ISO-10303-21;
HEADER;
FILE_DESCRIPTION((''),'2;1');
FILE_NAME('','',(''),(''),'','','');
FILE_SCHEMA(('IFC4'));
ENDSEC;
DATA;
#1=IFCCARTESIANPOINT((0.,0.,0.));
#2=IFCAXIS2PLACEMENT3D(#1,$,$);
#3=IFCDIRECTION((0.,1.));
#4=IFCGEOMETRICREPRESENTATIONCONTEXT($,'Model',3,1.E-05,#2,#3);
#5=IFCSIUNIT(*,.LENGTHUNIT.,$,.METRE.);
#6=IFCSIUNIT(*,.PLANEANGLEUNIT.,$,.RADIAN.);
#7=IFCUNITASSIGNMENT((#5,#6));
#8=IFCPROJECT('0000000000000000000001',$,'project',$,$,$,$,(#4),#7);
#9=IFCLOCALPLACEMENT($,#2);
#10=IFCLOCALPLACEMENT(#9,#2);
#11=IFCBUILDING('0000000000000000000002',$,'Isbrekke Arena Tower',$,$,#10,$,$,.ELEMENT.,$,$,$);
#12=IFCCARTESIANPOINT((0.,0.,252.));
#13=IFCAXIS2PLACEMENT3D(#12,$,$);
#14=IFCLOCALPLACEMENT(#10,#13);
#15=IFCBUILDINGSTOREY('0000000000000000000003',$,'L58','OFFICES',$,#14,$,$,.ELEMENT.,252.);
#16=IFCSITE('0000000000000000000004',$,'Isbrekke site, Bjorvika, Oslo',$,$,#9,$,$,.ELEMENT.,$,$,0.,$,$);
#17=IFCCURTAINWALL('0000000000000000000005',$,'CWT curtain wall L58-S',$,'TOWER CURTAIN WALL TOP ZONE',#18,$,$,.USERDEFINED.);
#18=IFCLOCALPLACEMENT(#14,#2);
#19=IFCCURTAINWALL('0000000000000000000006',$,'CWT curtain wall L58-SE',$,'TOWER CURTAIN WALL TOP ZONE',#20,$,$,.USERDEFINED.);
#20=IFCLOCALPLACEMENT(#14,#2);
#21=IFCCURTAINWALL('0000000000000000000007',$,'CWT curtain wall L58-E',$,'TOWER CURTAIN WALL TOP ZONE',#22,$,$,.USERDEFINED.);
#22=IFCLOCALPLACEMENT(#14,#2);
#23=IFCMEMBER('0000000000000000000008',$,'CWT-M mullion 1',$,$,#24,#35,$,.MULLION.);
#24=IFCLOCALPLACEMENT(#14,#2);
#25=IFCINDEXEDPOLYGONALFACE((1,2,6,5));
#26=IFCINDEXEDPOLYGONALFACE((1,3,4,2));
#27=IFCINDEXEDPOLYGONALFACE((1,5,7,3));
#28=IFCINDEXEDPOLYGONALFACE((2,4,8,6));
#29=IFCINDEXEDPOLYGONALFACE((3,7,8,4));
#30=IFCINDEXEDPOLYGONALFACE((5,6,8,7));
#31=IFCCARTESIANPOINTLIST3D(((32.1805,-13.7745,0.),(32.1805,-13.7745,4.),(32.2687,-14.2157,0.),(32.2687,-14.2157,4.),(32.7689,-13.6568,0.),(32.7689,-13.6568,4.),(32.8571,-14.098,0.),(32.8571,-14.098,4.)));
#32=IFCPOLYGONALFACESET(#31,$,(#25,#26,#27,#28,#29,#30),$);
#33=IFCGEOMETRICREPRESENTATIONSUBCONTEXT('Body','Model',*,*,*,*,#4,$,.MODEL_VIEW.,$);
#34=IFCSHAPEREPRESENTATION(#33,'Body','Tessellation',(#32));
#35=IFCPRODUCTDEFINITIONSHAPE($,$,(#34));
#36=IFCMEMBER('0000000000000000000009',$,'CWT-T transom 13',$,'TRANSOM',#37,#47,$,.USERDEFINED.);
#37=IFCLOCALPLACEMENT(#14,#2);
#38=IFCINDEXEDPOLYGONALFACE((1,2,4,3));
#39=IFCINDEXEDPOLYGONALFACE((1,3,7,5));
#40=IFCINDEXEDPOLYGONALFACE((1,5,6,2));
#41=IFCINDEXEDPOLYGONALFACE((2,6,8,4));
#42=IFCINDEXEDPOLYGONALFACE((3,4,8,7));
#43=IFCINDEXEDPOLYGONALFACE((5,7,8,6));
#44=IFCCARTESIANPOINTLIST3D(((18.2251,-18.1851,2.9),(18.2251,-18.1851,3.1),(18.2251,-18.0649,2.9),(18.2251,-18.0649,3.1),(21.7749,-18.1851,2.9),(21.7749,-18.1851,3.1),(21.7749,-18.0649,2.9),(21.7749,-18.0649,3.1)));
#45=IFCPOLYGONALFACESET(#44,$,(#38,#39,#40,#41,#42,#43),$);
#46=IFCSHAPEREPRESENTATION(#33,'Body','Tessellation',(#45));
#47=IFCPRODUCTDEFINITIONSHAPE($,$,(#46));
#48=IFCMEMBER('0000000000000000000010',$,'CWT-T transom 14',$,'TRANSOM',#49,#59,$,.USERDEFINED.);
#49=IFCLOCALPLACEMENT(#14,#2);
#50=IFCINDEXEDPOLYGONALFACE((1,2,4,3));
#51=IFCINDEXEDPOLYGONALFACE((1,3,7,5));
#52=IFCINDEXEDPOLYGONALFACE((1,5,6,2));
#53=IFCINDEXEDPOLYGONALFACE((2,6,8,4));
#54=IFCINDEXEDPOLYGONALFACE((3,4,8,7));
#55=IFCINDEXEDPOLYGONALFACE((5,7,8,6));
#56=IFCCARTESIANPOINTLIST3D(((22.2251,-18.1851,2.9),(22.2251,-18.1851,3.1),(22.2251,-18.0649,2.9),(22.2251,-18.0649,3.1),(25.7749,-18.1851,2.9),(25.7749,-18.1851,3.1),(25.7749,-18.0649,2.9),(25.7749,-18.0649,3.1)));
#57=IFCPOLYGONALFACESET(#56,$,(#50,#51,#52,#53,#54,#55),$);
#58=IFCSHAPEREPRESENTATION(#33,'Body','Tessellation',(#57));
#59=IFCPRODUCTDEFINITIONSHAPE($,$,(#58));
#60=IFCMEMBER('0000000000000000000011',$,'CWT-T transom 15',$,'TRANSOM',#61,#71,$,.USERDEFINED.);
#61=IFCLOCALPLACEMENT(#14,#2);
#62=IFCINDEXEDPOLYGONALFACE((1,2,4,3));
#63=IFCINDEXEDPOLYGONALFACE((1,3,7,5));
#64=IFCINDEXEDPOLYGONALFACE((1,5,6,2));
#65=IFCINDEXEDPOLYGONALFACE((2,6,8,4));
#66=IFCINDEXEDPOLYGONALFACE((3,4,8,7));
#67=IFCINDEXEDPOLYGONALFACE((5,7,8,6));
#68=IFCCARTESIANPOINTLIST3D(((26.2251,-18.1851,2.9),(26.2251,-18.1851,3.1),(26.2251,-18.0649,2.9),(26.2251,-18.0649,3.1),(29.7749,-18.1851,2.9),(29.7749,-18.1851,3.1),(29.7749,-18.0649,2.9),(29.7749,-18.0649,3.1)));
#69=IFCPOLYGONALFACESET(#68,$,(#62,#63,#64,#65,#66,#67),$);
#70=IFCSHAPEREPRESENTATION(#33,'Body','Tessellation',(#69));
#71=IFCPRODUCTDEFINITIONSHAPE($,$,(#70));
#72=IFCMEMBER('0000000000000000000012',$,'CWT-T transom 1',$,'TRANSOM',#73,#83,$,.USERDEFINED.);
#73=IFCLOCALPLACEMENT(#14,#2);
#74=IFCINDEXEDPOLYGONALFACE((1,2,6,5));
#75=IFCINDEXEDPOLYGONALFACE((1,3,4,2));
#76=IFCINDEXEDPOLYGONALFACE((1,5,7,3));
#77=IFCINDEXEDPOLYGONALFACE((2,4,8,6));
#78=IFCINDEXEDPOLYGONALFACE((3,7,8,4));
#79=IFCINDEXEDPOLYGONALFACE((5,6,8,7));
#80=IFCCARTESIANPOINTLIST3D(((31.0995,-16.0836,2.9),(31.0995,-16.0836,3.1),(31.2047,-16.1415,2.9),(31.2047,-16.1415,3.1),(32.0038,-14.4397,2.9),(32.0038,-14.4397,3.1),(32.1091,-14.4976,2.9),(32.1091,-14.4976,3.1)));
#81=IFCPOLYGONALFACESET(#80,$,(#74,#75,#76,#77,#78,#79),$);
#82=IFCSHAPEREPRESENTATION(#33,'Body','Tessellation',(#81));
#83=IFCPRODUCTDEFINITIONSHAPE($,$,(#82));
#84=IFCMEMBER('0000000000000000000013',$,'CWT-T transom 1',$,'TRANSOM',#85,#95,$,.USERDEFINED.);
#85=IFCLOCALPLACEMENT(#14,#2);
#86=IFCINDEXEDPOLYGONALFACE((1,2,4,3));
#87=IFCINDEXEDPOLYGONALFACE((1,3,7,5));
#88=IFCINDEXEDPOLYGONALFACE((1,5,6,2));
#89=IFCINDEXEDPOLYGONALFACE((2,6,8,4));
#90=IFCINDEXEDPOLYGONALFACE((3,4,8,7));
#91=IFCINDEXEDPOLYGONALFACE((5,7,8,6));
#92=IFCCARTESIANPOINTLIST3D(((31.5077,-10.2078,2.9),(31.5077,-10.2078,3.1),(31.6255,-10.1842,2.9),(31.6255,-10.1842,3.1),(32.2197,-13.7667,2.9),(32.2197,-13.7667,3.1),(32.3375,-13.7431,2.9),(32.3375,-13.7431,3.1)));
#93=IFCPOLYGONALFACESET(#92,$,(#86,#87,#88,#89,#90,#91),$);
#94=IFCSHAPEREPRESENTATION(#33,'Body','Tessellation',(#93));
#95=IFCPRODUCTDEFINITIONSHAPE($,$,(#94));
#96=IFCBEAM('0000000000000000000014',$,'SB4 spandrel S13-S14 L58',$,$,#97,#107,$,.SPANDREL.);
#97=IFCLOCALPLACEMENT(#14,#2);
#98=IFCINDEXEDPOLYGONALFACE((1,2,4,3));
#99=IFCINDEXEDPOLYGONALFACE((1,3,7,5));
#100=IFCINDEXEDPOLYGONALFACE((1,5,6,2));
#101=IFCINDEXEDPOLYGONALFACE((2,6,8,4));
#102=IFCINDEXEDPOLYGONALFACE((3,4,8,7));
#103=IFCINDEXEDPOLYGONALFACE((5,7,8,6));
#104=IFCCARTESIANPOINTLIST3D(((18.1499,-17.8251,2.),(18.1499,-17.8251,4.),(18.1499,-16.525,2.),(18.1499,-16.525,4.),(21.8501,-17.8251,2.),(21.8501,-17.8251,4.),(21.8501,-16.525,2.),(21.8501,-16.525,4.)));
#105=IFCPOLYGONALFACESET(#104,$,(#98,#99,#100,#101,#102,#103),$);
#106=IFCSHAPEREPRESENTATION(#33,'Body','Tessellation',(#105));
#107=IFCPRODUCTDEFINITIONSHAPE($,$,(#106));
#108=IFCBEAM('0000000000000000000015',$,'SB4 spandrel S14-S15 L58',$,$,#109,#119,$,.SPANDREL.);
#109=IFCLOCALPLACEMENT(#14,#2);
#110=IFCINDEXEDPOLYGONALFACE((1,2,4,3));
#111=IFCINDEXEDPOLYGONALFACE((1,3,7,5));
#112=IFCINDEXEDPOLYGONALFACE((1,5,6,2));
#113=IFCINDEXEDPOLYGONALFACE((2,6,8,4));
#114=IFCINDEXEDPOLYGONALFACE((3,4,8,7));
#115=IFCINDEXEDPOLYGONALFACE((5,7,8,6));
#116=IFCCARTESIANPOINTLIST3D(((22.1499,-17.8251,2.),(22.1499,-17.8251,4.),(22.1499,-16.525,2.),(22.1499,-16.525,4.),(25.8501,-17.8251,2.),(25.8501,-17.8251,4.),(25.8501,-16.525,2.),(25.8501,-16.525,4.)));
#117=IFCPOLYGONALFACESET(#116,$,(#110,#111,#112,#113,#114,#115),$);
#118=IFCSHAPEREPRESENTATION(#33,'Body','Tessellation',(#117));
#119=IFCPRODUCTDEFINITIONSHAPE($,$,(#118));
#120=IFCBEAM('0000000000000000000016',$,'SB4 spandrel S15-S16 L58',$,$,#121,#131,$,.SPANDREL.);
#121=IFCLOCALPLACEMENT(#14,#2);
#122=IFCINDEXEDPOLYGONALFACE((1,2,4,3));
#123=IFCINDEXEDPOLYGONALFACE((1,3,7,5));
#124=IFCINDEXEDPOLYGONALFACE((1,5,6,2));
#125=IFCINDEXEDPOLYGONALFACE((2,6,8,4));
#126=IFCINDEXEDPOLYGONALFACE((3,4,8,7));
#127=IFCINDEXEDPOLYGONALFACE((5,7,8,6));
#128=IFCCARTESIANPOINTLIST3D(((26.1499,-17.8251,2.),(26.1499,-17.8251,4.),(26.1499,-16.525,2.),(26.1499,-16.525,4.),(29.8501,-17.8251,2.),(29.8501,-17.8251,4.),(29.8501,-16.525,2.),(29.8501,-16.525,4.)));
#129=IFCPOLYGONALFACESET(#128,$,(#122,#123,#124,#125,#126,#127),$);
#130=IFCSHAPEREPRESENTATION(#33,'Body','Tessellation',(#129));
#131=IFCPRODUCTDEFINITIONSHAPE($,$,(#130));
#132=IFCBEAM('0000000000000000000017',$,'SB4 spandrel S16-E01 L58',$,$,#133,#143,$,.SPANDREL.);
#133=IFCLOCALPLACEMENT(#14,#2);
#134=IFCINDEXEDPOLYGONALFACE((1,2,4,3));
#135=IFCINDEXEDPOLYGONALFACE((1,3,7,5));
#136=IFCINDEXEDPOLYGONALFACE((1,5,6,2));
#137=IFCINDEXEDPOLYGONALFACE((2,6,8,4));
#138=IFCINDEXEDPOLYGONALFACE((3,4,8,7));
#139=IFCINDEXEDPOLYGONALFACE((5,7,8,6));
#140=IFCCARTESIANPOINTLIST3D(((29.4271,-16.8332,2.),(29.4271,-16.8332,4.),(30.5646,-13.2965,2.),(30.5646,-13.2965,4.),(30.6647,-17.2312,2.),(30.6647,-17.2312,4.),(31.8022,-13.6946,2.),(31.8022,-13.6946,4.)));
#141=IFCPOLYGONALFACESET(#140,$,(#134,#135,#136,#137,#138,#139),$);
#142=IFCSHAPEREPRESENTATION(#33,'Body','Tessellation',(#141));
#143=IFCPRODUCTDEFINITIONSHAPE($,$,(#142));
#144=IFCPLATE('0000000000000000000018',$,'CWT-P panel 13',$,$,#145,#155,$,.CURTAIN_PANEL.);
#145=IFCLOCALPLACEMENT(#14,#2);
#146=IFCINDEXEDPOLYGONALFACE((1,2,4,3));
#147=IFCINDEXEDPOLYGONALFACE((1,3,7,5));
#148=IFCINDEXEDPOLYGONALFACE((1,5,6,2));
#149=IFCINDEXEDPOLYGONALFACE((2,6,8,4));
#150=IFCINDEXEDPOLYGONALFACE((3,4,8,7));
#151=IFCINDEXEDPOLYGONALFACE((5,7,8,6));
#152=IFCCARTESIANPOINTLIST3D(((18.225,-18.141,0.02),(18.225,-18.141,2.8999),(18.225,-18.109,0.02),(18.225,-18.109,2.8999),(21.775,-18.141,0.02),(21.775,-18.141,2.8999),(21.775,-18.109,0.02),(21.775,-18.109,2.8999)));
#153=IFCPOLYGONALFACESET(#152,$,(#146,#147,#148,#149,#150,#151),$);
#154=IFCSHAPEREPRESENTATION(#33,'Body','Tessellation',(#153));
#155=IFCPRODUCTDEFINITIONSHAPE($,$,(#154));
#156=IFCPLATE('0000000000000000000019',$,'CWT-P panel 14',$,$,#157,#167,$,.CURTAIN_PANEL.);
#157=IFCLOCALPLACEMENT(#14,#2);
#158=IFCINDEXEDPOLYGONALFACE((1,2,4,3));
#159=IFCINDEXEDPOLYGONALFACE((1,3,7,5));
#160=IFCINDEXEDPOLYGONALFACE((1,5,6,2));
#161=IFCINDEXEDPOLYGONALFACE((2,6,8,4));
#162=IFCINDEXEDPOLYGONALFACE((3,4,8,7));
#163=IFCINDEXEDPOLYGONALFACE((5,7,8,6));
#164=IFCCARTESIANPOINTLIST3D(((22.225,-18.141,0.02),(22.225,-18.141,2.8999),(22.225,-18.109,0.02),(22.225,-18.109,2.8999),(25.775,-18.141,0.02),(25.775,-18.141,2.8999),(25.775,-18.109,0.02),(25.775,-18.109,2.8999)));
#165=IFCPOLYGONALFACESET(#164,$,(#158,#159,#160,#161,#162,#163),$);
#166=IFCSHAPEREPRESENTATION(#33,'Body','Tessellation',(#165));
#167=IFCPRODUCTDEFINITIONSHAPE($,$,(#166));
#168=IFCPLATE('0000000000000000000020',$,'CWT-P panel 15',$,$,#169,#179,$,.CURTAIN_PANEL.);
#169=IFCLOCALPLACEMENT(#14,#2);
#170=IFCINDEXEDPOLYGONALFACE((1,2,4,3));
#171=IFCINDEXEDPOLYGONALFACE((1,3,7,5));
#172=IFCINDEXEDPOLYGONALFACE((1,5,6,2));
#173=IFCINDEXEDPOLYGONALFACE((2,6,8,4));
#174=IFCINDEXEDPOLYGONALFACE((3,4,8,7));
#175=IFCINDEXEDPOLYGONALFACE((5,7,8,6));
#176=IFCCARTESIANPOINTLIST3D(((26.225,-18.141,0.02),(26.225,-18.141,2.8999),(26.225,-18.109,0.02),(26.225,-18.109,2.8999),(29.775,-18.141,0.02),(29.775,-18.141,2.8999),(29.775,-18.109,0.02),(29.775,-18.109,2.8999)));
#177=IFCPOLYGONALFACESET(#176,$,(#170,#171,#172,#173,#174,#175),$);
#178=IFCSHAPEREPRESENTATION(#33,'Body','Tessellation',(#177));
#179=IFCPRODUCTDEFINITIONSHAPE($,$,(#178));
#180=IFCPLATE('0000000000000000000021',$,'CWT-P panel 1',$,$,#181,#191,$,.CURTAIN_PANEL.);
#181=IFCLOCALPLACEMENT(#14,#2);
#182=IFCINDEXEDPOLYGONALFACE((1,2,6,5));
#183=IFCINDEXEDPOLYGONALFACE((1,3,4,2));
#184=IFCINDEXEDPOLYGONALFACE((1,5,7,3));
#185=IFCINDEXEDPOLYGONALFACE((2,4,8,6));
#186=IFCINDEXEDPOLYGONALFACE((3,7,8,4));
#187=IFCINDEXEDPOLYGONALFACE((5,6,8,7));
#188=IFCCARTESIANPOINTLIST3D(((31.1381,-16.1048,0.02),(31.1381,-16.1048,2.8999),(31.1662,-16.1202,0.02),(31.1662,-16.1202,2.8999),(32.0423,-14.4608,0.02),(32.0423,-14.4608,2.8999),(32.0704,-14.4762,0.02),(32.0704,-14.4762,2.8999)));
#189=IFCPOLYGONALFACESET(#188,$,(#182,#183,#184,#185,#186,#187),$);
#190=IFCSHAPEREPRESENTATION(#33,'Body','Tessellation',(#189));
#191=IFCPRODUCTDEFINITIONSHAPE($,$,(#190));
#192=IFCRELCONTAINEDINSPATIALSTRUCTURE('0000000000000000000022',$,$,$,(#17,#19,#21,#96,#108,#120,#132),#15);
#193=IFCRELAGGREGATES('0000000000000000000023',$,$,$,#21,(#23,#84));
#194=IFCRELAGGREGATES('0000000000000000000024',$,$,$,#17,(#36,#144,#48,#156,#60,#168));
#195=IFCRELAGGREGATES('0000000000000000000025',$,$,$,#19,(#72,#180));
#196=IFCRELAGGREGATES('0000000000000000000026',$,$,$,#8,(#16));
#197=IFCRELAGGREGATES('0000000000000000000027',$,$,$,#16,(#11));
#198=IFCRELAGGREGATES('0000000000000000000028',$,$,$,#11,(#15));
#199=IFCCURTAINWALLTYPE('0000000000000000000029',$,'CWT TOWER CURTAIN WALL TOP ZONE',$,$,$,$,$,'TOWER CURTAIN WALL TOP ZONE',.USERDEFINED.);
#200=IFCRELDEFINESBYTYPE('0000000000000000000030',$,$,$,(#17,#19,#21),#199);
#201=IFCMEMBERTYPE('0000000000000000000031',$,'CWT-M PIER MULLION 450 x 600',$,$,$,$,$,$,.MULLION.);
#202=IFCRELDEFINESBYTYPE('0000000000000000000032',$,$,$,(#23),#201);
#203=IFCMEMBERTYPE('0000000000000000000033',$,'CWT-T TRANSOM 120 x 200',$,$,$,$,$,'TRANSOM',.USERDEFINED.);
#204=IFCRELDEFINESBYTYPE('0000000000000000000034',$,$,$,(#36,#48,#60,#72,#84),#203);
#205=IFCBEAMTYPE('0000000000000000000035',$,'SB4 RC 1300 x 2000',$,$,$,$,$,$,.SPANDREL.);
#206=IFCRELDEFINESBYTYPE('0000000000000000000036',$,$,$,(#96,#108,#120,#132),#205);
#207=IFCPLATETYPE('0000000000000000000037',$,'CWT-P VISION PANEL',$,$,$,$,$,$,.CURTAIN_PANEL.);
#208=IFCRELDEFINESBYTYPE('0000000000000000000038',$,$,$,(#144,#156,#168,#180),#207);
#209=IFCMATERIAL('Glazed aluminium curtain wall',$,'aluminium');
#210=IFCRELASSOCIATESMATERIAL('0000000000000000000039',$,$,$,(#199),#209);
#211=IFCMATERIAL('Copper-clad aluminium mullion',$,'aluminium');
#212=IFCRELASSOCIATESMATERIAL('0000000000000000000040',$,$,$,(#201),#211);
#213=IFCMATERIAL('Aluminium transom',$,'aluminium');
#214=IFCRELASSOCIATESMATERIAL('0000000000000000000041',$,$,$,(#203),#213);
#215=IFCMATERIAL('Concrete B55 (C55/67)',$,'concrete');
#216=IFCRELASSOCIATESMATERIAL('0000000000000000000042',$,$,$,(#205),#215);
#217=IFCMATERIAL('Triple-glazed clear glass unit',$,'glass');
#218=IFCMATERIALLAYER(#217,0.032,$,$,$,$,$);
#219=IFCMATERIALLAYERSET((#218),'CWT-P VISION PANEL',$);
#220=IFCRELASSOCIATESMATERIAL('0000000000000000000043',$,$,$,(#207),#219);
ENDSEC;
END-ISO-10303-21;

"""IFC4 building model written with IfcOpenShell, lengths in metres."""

from ifc_helpers import new_model, si_unit, direction, frame, origin, origin_2d, place, context, subcontext, project, spatial, rectangle, extrude, material, layer, layer_set, material_profile, profile_set, type_object, element, aggregate, save


model = new_model("IFC4")

# Units and contexts
model_context = context("Model", 3, precision=1e-05, world=origin(), true_north=direction((0.0, 1.0)))
body_context = subcontext(model_context, "Body", "Model", "MODEL_VIEW")
ifc_project = project(units=[si_unit("LENGTHUNIT", "METRE"), si_unit("PLANEANGLEUNIT", "RADIAN")], contexts=[model_context])

# Site, building, storey
site_placement = place(None, origin())
site = spatial("IfcSite", under=ifc_project, at=site_placement, Name="Isbrekke site, Bjorvika, Oslo", CompositionType="ELEMENT", RefElevation=0.0)
building_placement = place(site_placement, origin())
building = spatial("IfcBuilding", under=site, at=building_placement, Name="Isbrekke Arena Tower", CompositionType="ELEMENT")
storey_placement = place(building_placement, frame((0.0, 0.0, 252.0)))
storey = spatial("IfcBuildingStorey", under=building, at=storey_placement, Name="L58", Description="OFFICES", CompositionType="ELEMENT", Elevation=252.0)

# Curtain walls
ifc_material_1 = material(Name="Glazed aluminium curtain wall", Category="aluminium")
curtain_wall_type = type_object("IfcCurtainWallType", Name="CWT TOWER CURTAIN WALL TOP ZONE", ElementType="TOWER CURTAIN WALL TOP ZONE", PredefinedType="USERDEFINED", material=ifc_material_1)
curtain_wall_1_placement = place(storey_placement, origin())
curtain_wall_1 = element("IfcCurtainWall", 1, at=curtain_wall_1_placement, inside=storey, type_object=curtain_wall_type, Name="CWT curtain wall L58-S", ObjectType="TOWER CURTAIN WALL TOP ZONE", PredefinedType="USERDEFINED")
ifc_material_2 = material(Name="Copper-clad aluminium mullion", Category="aluminium")
ifc_material_profile_1 = material_profile(ifc_material_2, rectangle(XDim=0.45, YDim=0.6001, at=origin_2d()), Name="PIER 450X600")
ifc_profile_set_1 = profile_set([ifc_material_profile_1], Name="Copper-clad aluminium mullion")
member_type_1 = type_object("IfcMemberType", Name="CWT-M PIER MULLION 450 x 600", PredefinedType="MULLION", material=ifc_profile_set_1)
curtain_wall_2_placement = place(storey_placement, origin())
curtain_wall_2 = element("IfcCurtainWall", 2, at=curtain_wall_2_placement, inside=storey, type_object=curtain_wall_type, Name="CWT curtain wall L58-SE", ObjectType="TOWER CURTAIN WALL TOP ZONE", PredefinedType="USERDEFINED")

# Curtain wall, member
curtain_wall_3_placement = place(storey_placement, origin())
curtain_wall_3 = element("IfcCurtainWall", 3, at=curtain_wall_3_placement, inside=storey, type_object=curtain_wall_type, Name="CWT curtain wall L58-E", ObjectType="TOWER CURTAIN WALL TOP ZONE", PredefinedType="USERDEFINED")
member_1_placement = place(storey_placement, frame((32.5188, -13.9363, 0.0), z_axis=(0.0, 0.0, 1.0), x_axis=(-0.196116, 0.980581, 0.0)))
member_1 = element("IfcMember", 4, at=member_1_placement, type_object=member_type_1, Name="CWT-M mullion 1", PredefinedType="MULLION", context=body_context, shape_type="SweptSolid", body=[
    extrude(rectangle(XDim=0.45, YDim=0.6001, at=origin_2d()), origin(), (0.0, 0.0, 1.0), 4.0),
])

# Members
ifc_material_3 = material(Name="Aluminium transom", Category="aluminium")
ifc_material_profile_2 = material_profile(ifc_material_3, rectangle(XDim=0.1201, YDim=0.2, at=origin_2d()), Name="TRANSOM 120X200")
ifc_profile_set_2 = profile_set([ifc_material_profile_2], Name="Aluminium transom")
member_type_2 = type_object("IfcMemberType", Name="CWT-T TRANSOM 120 x 200", ElementType="TRANSOM", PredefinedType="USERDEFINED", material=ifc_profile_set_2)
member_2_placement = place(storey_placement, frame((18.2251, -18.125, 3.0), z_axis=(1.0, 0.0, 0.0), x_axis=(0.0, 1.0, 0.0)))
member_2 = element("IfcMember", 5, at=member_2_placement, type_object=member_type_2, Name="CWT-T transom 13", ObjectType="TRANSOM", PredefinedType="USERDEFINED", context=body_context, shape_type="SweptSolid", body=[
    extrude(rectangle(XDim=0.1201, YDim=0.2, at=origin_2d()), origin(), (0.0, 0.0, 1.0), 3.5498),
])
member_3_placement = place(storey_placement, frame((22.2251, -18.125, 3.0), z_axis=(1.0, 0.0, 0.0), x_axis=(0.0, 1.0, 0.0)))
member_3 = element("IfcMember", 6, at=member_3_placement, type_object=member_type_2, Name="CWT-T transom 14", ObjectType="TRANSOM", PredefinedType="USERDEFINED", context=body_context, shape_type="SweptSolid", body=[
    extrude(rectangle(XDim=0.1201, YDim=0.2, at=origin_2d()), origin(), (0.0, 0.0, 1.0), 3.5498),
])
member_4_placement = place(storey_placement, frame((26.2251, -18.125, 3.0), z_axis=(1.0, 0.0, 0.0), x_axis=(0.0, 1.0, 0.0)))
member_4 = element("IfcMember", 7, at=member_4_placement, type_object=member_type_2, Name="CWT-T transom 15", ObjectType="TRANSOM", PredefinedType="USERDEFINED", context=body_context, shape_type="SweptSolid", body=[
    extrude(rectangle(XDim=0.1201, YDim=0.2, at=origin_2d()), origin(), (0.0, 0.0, 1.0), 3.5498),
])
member_5_placement = place(storey_placement, frame((31.1521, -16.1125, 3.0), z_axis=(0.482004, 0.876169, 0.0), x_axis=(-0.876169, 0.482004, 0.0)))
member_5 = element("IfcMember", 8, at=member_5_placement, type_object=member_type_2, Name="CWT-T transom 1", ObjectType="TRANSOM", PredefinedType="USERDEFINED", context=body_context, shape_type="SweptSolid", body=[
    extrude(rectangle(XDim=0.1201, YDim=0.2, at=origin_2d()), origin(), (0.0, 0.0, 1.0), 1.8762),
])
member_6_placement = place(storey_placement, frame((32.2786, -13.7549, 3.0), z_axis=(-0.196155, 0.980573, 0.0), x_axis=(-0.980573, -0.196155, 0.0)))
member_6 = element("IfcMember", 9, at=member_6_placement, type_object=member_type_2, Name="CWT-T transom 1", ObjectType="TRANSOM", PredefinedType="USERDEFINED", context=body_context, shape_type="SweptSolid", body=[
    extrude(rectangle(XDim=0.1201, YDim=0.2, at=origin_2d()), origin(), (0.0, 0.0, 1.0), 3.6294),
])
aggregate(curtain_wall_3, [member_1, member_6])

# Beams
ifc_material_4 = material(Name="Concrete B55 (C55/67)", Category="concrete")
ifc_material_profile_3 = material_profile(ifc_material_4, rectangle(XDim=1.3, YDim=2.0, at=origin_2d()), Name="RC 1300x2000")
ifc_profile_set_3 = profile_set([ifc_material_profile_3], Name="Concrete B55 (C55/67)")
beam_type_1 = type_object("IfcBeamType", Name="SB4 RC 1300 x 2000", PredefinedType="SPANDREL", material=ifc_profile_set_3)
for number, where, z_axis, x_axis, name in (
    (10, (18.1499, -17.175, 3.0), (1.0, 0.0, 0.0), (0.0, 1.0, 0.0), "SB4 spandrel S13-S14 L58"),
    (11, (22.1499, -17.175, 3.0), (1.0, 0.0, 0.0), (0.0, 1.0, 0.0), "SB4 spandrel S14-S15 L58"),
    (12, (26.1499, -17.175, 3.0), (1.0, 0.0, 0.0), (0.0, 1.0, 0.0), "SB4 spandrel S15-S16 L58"),
):
    element("IfcBeam", number, at=place(storey_placement, frame(where, z_axis=z_axis, x_axis=x_axis)), inside=storey, type_object=beam_type_1, Name=name, PredefinedType="SPANDREL", context=body_context, shape_type="SweptSolid", body=[
        extrude(rectangle(XDim=1.3, YDim=2.0, at=origin_2d()), origin(), (0.0, 0.0, 1.0), 3.7002),
    ])
beam_placement = place(storey_placement, frame((30.0459, -17.0322, 3.0), z_axis=(0.306175, 0.951975, 0.0), x_axis=(-0.951975, 0.306175, 0.0)))
element("IfcBeam", 13, at=beam_placement, inside=storey, type_object=beam_type_1, Name="SB4 spandrel S16-E01 L58", PredefinedType="SPANDREL", context=body_context, shape_type="SweptSolid", body=[
    extrude(rectangle(XDim=1.3, YDim=2.0, at=origin_2d()), origin(), (0.0, 0.0, 1.0), 3.7151),
])

# Plates
ifc_material_5 = material(Name="Triple-glazed clear glass unit", Category="glass")
ifc_layer_1 = layer(ifc_material_5, 0.032)
ifc_layer_set_1 = layer_set([ifc_layer_1], Name="CWT-P VISION PANEL")
plate_type = type_object("IfcPlateType", Name="CWT-P VISION PANEL", PredefinedType="CURTAIN_PANEL", material=ifc_layer_set_1)
plate_1_placement = place(storey_placement, frame((20.0, -18.125, 0.02), z_axis=(0.0, 0.0, 1.0), x_axis=(1.0, 0.0, 0.0)))
plate_1 = element("IfcPlate", 14, at=plate_1_placement, type_object=plate_type, Name="CWT-P panel 13", PredefinedType="CURTAIN_PANEL", context=body_context, shape_type="SweptSolid", body=[
    extrude(rectangle(XDim=3.55, YDim=0.032, at=origin_2d()), origin(), (0.0, 0.0, 1.0), 2.8799),
])
plate_2_placement = place(storey_placement, frame((24.0, -18.125, 0.02), z_axis=(0.0, 0.0, 1.0), x_axis=(1.0, 0.0, 0.0)))
plate_2 = element("IfcPlate", 15, at=plate_2_placement, type_object=plate_type, Name="CWT-P panel 14", PredefinedType="CURTAIN_PANEL", context=body_context, shape_type="SweptSolid", body=[
    extrude(rectangle(XDim=3.55, YDim=0.032, at=origin_2d()), origin(), (0.0, 0.0, 1.0), 2.8799),
])
plate_3_placement = place(storey_placement, frame((28.0, -18.125, 0.02), z_axis=(0.0, 0.0, 1.0), x_axis=(1.0, 0.0, 0.0)))
plate_3 = element("IfcPlate", 16, at=plate_3_placement, type_object=plate_type, Name="CWT-P panel 15", PredefinedType="CURTAIN_PANEL", context=body_context, shape_type="SweptSolid", body=[
    extrude(rectangle(XDim=3.55, YDim=0.032, at=origin_2d()), origin(), (0.0, 0.0, 1.0), 2.8799),
])
aggregate(curtain_wall_1, [member_2, plate_1, member_3, plate_2, member_4, plate_3])
plate_4_placement = place(storey_placement, frame((31.6042, -15.2905, 0.02), z_axis=(0.0, 0.0, 1.0), x_axis=(0.481919, 0.876216, 0.0)))
plate_4 = element("IfcPlate", 17, at=plate_4_placement, type_object=plate_type, Name="CWT-P panel 1", PredefinedType="CURTAIN_PANEL", context=body_context, shape_type="SweptSolid", body=[
    extrude(rectangle(XDim=1.8762, YDim=0.032, at=origin_2d()), origin(), (0.0, 0.0, 1.0), 2.8799),
])
aggregate(curtain_wall_2, [member_5, plate_4])

save(model, "model.ifc")
